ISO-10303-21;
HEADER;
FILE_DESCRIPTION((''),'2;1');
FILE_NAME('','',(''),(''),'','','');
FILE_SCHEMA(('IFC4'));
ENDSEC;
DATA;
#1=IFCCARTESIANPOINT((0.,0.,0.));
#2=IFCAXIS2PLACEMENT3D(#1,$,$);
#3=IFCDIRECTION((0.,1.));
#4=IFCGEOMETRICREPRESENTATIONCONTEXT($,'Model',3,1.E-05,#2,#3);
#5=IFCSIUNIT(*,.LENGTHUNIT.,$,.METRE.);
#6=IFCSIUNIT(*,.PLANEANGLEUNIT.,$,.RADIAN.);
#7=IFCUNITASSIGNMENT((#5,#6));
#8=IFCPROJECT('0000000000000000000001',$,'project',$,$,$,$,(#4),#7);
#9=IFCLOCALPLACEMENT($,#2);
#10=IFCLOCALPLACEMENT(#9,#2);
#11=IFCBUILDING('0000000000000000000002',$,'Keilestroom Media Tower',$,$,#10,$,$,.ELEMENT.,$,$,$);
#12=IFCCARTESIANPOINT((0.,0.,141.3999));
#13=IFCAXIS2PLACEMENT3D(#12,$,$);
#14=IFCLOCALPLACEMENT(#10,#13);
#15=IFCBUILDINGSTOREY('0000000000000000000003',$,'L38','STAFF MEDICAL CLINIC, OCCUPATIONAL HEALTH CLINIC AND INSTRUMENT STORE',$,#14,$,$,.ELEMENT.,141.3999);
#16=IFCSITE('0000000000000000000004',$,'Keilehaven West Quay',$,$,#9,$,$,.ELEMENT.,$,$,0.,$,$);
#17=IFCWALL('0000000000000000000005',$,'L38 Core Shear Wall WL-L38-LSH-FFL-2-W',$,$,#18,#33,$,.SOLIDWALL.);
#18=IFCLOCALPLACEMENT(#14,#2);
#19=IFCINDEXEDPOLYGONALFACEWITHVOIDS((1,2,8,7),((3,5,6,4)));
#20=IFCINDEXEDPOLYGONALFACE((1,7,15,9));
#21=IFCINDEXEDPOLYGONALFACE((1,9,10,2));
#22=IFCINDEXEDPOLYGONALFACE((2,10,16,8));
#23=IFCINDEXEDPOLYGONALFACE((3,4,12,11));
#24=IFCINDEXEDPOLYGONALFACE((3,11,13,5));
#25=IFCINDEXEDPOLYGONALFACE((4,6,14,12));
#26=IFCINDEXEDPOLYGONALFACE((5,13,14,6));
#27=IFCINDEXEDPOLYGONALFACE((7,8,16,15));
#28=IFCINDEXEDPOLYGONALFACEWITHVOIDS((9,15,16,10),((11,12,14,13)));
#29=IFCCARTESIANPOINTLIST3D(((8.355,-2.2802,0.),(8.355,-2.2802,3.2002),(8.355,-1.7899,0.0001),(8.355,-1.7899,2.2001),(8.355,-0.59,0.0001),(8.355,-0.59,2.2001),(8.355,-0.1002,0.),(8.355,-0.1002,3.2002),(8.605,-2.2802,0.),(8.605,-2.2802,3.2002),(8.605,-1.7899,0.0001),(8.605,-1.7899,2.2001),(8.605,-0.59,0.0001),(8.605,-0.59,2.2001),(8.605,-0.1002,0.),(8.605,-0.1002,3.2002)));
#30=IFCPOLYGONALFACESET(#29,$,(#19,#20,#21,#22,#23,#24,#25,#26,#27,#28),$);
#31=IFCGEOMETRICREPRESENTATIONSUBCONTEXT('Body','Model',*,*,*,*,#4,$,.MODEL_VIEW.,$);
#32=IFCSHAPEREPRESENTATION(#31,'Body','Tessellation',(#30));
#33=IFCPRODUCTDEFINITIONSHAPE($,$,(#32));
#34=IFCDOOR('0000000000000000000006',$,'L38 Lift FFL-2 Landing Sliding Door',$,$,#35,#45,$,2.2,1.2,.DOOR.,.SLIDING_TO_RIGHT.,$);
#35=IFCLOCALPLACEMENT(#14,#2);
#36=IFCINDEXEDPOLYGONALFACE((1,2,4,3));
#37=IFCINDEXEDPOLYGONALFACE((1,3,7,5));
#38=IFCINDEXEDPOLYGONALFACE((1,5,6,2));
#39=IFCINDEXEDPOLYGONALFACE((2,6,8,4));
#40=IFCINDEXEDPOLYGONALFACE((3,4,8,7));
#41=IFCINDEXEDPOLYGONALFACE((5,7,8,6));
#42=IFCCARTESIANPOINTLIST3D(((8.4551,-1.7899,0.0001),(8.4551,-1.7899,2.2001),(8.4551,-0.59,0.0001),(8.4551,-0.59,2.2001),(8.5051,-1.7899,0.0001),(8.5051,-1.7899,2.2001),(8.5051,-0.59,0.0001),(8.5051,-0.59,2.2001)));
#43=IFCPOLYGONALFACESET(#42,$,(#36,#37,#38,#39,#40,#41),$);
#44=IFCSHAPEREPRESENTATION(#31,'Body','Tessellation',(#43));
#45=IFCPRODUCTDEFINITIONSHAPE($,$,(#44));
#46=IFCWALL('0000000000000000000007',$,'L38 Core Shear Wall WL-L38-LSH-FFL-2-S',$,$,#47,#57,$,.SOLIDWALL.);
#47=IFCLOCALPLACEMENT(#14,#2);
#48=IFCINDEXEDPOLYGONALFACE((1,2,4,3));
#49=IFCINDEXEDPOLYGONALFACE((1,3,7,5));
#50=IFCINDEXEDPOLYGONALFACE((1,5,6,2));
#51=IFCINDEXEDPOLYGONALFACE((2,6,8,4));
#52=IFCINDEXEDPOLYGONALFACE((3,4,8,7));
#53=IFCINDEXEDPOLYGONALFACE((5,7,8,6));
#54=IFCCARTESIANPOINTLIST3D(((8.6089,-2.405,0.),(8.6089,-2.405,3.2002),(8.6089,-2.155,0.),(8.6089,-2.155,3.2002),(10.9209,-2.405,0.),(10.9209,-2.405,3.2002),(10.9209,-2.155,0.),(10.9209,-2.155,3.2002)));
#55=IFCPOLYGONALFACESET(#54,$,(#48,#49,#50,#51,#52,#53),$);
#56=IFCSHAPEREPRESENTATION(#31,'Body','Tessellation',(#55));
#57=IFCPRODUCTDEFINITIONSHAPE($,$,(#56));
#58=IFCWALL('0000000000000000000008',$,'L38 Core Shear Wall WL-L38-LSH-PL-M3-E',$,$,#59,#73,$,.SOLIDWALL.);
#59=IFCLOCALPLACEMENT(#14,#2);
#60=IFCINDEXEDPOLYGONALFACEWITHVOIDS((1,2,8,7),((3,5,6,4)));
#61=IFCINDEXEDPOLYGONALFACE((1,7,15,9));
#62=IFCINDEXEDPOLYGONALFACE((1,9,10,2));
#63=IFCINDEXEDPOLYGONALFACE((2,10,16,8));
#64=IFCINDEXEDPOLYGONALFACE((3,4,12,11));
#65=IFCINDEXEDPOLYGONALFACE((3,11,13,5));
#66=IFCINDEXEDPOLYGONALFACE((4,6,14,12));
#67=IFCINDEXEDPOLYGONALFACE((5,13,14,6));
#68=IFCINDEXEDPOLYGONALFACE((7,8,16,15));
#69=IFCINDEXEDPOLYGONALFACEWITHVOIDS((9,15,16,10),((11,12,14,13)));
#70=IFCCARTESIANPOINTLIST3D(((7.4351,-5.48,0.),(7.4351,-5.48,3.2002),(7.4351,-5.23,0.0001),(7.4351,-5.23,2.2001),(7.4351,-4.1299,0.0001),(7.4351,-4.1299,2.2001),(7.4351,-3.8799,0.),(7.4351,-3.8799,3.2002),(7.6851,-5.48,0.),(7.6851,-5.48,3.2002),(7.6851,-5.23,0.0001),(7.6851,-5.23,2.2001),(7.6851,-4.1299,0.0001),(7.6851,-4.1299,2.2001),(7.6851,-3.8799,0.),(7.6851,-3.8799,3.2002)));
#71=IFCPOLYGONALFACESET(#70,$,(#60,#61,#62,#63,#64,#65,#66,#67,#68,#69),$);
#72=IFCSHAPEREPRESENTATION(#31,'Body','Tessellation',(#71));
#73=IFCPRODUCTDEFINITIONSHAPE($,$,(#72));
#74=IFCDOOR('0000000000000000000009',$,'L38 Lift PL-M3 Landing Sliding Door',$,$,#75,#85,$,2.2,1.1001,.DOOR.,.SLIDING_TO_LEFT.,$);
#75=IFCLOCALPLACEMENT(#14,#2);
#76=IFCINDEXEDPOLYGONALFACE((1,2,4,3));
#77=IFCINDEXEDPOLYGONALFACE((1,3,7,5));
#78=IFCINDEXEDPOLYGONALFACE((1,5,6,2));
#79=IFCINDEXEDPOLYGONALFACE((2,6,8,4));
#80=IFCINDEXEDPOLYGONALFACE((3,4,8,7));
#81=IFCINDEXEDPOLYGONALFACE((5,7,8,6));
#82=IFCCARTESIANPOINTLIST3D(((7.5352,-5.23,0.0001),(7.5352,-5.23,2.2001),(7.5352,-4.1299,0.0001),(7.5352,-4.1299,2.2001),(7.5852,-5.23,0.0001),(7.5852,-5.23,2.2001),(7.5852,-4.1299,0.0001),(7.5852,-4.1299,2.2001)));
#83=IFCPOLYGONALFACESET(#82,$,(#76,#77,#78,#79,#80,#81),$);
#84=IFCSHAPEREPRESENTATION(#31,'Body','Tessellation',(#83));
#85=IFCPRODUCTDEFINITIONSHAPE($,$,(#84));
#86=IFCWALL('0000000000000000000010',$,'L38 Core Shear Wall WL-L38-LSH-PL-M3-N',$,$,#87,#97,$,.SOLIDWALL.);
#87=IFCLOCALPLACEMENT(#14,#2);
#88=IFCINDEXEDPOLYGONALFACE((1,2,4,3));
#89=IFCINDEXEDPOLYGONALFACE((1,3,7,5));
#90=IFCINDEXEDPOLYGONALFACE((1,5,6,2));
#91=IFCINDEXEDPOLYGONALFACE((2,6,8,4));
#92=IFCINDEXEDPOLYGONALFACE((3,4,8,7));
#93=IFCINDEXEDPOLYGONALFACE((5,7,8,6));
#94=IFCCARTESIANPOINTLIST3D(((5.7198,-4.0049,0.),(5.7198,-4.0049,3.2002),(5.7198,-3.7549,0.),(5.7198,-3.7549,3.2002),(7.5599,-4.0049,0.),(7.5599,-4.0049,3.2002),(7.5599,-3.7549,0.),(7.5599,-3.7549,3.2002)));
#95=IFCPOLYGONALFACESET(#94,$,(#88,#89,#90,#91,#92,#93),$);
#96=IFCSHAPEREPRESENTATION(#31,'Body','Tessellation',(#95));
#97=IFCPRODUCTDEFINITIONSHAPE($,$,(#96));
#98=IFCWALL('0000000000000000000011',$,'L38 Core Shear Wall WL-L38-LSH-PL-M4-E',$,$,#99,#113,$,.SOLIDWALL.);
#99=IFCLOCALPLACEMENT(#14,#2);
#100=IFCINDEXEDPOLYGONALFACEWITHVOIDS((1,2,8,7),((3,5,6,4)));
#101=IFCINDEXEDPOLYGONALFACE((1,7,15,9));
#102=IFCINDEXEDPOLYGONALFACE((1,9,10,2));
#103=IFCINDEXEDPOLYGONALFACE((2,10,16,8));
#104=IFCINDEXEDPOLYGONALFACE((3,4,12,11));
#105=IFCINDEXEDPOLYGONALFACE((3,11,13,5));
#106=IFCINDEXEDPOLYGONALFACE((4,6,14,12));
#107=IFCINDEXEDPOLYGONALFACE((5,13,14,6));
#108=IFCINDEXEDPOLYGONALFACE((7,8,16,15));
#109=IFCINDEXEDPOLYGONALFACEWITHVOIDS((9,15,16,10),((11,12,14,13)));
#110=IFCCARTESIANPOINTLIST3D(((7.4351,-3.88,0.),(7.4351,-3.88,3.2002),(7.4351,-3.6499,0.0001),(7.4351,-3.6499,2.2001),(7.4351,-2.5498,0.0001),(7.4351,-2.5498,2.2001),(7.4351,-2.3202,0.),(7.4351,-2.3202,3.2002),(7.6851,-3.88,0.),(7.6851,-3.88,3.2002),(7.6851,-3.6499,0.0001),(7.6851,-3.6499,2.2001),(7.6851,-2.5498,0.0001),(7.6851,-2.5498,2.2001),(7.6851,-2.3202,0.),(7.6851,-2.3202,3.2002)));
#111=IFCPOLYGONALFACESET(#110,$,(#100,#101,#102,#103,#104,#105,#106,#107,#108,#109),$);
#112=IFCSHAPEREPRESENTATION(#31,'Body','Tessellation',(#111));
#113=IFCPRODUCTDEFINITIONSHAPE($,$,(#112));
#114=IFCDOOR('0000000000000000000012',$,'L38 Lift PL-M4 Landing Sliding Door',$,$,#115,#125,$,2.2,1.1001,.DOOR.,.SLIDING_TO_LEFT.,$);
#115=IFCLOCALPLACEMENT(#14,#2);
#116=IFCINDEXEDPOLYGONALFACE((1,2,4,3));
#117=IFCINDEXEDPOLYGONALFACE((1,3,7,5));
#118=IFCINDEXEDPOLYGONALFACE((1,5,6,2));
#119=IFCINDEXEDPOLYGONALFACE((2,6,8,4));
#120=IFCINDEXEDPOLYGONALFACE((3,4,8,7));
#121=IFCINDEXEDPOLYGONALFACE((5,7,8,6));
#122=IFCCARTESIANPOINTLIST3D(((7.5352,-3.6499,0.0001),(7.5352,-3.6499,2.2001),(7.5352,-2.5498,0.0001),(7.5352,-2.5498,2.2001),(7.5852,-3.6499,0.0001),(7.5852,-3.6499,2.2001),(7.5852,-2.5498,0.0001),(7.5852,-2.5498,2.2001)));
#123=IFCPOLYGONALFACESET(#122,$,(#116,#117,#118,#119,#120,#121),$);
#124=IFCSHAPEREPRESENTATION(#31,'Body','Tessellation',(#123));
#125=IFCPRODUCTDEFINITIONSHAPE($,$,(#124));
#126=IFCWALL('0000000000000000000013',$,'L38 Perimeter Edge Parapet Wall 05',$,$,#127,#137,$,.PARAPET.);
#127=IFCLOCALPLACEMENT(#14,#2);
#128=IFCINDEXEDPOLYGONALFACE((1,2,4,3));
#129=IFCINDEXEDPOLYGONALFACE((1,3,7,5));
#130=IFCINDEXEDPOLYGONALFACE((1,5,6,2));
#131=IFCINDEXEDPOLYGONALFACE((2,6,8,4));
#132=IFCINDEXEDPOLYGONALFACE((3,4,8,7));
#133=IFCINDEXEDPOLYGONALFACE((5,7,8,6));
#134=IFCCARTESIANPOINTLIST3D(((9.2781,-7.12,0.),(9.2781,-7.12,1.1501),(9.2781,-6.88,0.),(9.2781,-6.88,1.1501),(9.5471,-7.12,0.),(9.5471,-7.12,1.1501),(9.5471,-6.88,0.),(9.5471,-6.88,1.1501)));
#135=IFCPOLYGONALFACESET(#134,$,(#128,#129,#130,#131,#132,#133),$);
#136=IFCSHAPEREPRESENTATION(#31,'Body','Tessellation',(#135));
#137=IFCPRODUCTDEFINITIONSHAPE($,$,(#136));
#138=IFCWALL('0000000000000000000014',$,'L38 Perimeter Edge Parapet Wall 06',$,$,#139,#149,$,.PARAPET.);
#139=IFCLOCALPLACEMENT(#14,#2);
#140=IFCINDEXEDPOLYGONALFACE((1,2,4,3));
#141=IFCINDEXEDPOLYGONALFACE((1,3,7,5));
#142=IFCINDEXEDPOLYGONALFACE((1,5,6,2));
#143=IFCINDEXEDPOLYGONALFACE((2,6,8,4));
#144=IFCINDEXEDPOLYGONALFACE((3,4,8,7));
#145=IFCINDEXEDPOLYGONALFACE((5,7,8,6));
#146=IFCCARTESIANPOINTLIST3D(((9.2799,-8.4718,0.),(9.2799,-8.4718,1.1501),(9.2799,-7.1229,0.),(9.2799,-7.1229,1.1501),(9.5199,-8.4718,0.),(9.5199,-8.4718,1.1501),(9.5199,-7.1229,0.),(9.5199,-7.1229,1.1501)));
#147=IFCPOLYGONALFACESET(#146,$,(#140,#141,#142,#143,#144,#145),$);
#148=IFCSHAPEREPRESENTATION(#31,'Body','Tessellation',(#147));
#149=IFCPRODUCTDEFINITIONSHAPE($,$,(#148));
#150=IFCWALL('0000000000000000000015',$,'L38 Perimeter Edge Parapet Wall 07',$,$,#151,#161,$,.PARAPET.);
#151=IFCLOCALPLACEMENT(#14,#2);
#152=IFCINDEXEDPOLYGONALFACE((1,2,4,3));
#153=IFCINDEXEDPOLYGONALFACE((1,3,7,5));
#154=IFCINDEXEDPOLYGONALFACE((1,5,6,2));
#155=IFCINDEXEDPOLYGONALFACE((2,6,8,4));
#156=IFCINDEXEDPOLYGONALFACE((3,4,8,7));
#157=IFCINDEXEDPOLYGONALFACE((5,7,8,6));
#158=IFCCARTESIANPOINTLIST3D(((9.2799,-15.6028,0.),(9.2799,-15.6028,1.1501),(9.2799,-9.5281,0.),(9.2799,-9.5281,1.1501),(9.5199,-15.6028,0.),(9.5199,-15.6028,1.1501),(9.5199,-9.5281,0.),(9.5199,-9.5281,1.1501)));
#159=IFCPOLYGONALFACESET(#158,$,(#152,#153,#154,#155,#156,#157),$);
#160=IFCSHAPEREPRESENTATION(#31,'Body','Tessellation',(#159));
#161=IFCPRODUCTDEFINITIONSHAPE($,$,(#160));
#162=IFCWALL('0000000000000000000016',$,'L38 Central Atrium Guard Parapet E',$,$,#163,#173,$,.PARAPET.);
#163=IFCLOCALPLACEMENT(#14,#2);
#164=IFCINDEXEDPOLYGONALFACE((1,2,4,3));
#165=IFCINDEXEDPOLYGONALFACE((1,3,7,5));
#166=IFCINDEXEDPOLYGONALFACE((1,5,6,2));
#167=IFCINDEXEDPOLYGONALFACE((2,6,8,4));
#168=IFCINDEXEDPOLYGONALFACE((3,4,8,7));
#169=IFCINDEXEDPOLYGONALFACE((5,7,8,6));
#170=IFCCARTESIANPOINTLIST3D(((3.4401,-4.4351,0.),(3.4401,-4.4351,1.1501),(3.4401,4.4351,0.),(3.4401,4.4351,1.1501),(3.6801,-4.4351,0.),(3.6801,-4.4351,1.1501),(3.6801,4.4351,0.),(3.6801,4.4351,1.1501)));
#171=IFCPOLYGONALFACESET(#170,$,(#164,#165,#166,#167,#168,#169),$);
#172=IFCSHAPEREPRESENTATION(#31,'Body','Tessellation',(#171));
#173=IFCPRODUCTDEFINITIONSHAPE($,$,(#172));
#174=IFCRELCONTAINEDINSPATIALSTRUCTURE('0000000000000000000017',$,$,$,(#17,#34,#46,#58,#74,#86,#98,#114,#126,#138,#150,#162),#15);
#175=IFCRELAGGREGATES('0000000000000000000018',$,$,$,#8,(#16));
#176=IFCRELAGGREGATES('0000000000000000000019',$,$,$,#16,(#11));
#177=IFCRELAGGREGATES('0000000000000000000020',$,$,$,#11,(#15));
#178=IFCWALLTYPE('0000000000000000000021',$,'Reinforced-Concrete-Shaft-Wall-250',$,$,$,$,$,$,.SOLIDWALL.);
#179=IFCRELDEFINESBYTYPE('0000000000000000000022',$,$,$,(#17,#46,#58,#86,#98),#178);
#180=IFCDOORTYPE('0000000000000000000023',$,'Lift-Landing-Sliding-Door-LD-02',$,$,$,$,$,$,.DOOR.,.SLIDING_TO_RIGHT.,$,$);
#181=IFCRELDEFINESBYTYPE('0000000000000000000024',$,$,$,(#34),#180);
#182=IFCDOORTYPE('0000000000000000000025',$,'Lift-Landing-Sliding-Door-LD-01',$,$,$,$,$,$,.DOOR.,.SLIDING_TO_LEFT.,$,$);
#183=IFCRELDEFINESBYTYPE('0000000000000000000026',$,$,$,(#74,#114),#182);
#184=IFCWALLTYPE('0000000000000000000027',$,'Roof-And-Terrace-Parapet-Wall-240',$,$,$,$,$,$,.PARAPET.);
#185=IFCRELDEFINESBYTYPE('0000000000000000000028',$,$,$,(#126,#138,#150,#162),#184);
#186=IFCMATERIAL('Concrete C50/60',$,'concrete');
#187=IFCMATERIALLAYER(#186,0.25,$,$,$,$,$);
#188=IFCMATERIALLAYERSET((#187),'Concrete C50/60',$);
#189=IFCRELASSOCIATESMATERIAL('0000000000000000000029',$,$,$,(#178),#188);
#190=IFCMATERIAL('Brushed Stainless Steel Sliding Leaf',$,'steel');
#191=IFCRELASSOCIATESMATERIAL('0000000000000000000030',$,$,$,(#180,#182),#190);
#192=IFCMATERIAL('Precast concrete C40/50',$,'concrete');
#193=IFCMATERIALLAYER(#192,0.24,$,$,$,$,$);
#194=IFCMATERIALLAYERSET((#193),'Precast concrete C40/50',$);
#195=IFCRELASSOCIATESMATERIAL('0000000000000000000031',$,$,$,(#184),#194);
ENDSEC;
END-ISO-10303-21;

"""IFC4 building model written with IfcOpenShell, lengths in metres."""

from ifc_helpers import new_model, si_unit, direction, frame, frame_2d, origin, place, context, subcontext, project, spatial, rectangle, extrude, source, transform, mapped, material, layer, layer_set, type_object, element, fill, save


model = new_model("IFC4")

# Units and contexts
model_context = context("Model", 3, precision=1e-05, world=origin(), true_north=direction((0.0, 1.0)))
body_context = subcontext(model_context, "Body", "Model", "MODEL_VIEW")
ifc_project = project(units=[si_unit("LENGTHUNIT", "METRE"), si_unit("PLANEANGLEUNIT", "RADIAN")], contexts=[model_context])

# Site, building, storey
site_placement = place(None, origin())
site = spatial("IfcSite", under=ifc_project, at=site_placement, Name="Keilehaven West Quay", CompositionType="ELEMENT", RefElevation=0.0)
building_placement = place(site_placement, origin())
building = spatial("IfcBuilding", under=site, at=building_placement, Name="Keilestroom Media Tower", CompositionType="ELEMENT")
storey_placement = place(building_placement, frame((0.0, 0.0, 141.3999)))
storey = spatial("IfcBuildingStorey", under=building, at=storey_placement, Name="L38", Description="STAFF MEDICAL CLINIC, OCCUPATIONAL HEALTH CLINIC AND INSTRUMENT STORE", CompositionType="ELEMENT", Elevation=141.3999)

# Shared definitions
shared_shape_1 = source(origin(), body_context, "Body", "SweptSolid", [
    extrude(rectangle(XDim=1.2, YDim=2.2, at=frame_2d((0.6001, 1.1001))), frame((0.0, 0.0249, 0.0), z_axis=(0.0, -1.0, 0.0), x_axis=(1.0, 0.0, 0.0)), (0.0, 0.0, 1.0), 0.05),
])

# Shared definitions
ifc_material_1 = material(Name="Concrete C50/60", Category="concrete")
ifc_layer_1 = layer(ifc_material_1, 0.25)
ifc_layer_set_1 = layer_set([ifc_layer_1], Name="Concrete C50/60")
wall_type_1 = type_object("IfcWallType", Name="Reinforced-Concrete-Shaft-Wall-250", PredefinedType="SOLIDWALL", material=ifc_layer_set_1)

# Wall, opening, door
wall_1_placement = place(storey_placement, frame((8.48, -2.28, 0.0), z_axis=(0.0, 0.0, 1.0), x_axis=(0.0, 1.0, 0.0)))
wall_1 = element("IfcWall", 1, at=wall_1_placement, inside=storey, type_object=wall_type_1, Name="L38 Core Shear Wall WL-L38-LSH-FFL-2-W", PredefinedType="SOLIDWALL", context=body_context, shape_type="SweptSolid", body=[
    extrude(rectangle(XDim=2.1799, YDim=0.25, at=frame_2d((1.0898, 0.0))), origin(), (0.0, 0.0, 1.0), 3.2002),
])
opening_1_placement = place(wall_1_placement, frame((0.49, 0.0, 0.0)))
opening_1 = element("IfcOpeningElement", 2, at=opening_1_placement, cuts=wall_1, PredefinedType="OPENING", context=body_context, shape_type="SweptSolid", body=[
    extrude(rectangle(XDim=1.2, YDim=2.2, at=frame_2d((0.6001, 1.1001))), frame((0.0, 0.135, 0.0), z_axis=(0.0, -1.0, 0.0), x_axis=(1.0, 0.0, 0.0)), (0.0, 0.0, 1.0), 0.27),
])
ifc_material_2 = material(Name="Brushed Stainless Steel Sliding Leaf", Category="steel")
door_type_1 = type_object("IfcDoorType", Name="Lift-Landing-Sliding-Door-LD-02", OperationType="SLIDING_TO_RIGHT", PredefinedType="DOOR", material=ifc_material_2)
door_1_placement = place(opening_1_placement, origin())
door_1 = element("IfcDoor", 3, at=door_1_placement, inside=storey, type_object=door_type_1, Name="L38 Lift FFL-2 Landing Sliding Door", OperationType="SLIDING_TO_RIGHT", OverallHeight=2.2, OverallWidth=1.2, PredefinedType="DOOR", context=body_context, shape_type="MappedRepresentation", body=[
    mapped(shared_shape_1, transform((0.0, 0.0, 0.0), x_axis=(1.0, 0.0, 0.0), y_axis=(0.0, 1.0, 0.0), z_axis=(0.0, 0.0, 1.0), scale=1.0)),
])
fill(opening_1, door_1)

# Wall
wall_2_placement = place(storey_placement, frame((8.6089, -2.28, 0.0), z_axis=(0.0, 0.0, 1.0), x_axis=(1.0, 0.0, 0.0)))
element("IfcWall", 4, at=wall_2_placement, inside=storey, type_object=wall_type_1, Name="L38 Core Shear Wall WL-L38-LSH-FFL-2-S", PredefinedType="SOLIDWALL", context=body_context, shape_type="SweptSolid", body=[
    extrude(rectangle(XDim=2.312, YDim=0.25, at=frame_2d((1.156, 0.0))), origin(), (0.0, 0.0, 1.0), 3.2002),
])

# Wall, opening, door
wall_3_placement = place(storey_placement, frame((7.5601, -5.48, 0.0), z_axis=(0.0, 0.0, 1.0), x_axis=(0.0, 1.0, 0.0)))
wall_3 = element("IfcWall", 5, at=wall_3_placement, inside=storey, type_object=wall_type_1, Name="L38 Core Shear Wall WL-L38-LSH-PL-M3-E", PredefinedType="SOLIDWALL", context=body_context, shape_type="SweptSolid", body=[
    extrude(rectangle(XDim=1.6001, YDim=0.25, at=frame_2d((0.8, 0.0))), origin(), (0.0, 0.0, 1.0), 3.2002),
])
opening_2_placement = place(wall_3_placement, frame((0.25, 0.0, 0.0)))
opening_2 = element("IfcOpeningElement", 6, at=opening_2_placement, cuts=wall_3, PredefinedType="OPENING", context=body_context, shape_type="SweptSolid", body=[
    extrude(rectangle(XDim=1.1001, YDim=2.2, at=frame_2d((0.55, 1.1001))), frame((0.0, 0.135, 0.0), z_axis=(0.0, -1.0, 0.0), x_axis=(1.0, 0.0, 0.0)), (0.0, 0.0, 1.0), 0.27),
])
door_type_2 = type_object("IfcDoorType", Name="Lift-Landing-Sliding-Door-LD-01", OperationType="SLIDING_TO_LEFT", PredefinedType="DOOR", material=ifc_material_2)
shared_shape_2 = source(origin(), body_context, "Body", "SweptSolid", [
    extrude(rectangle(XDim=1.1001, YDim=2.2, at=frame_2d((0.55, 1.1001))), frame((0.0, 0.0249, 0.0), z_axis=(0.0, -1.0, 0.0), x_axis=(1.0, 0.0, 0.0)), (0.0, 0.0, 1.0), 0.05),
])
door_2_placement = place(opening_2_placement, origin())
door_2 = element("IfcDoor", 7, at=door_2_placement, inside=storey, type_object=door_type_2, Name="L38 Lift PL-M3 Landing Sliding Door", OperationType="SLIDING_TO_LEFT", OverallHeight=2.2, OverallWidth=1.1001, PredefinedType="DOOR", context=body_context, shape_type="MappedRepresentation", body=[
    mapped(shared_shape_2, transform((0.0, 0.0, 0.0), x_axis=(1.0, 0.0, 0.0), y_axis=(0.0, 1.0, 0.0), z_axis=(0.0, 0.0, 1.0), scale=1.0)),
])
fill(opening_2, door_2)

# Wall
wall_4_placement = place(storey_placement, frame((5.72, -3.8799, 0.0), z_axis=(0.0, 0.0, 1.0), x_axis=(1.0, 0.0, 0.0)))
element("IfcWall", 8, at=wall_4_placement, inside=storey, type_object=wall_type_1, Name="L38 Core Shear Wall WL-L38-LSH-PL-M3-N", PredefinedType="SOLIDWALL", context=body_context, shape_type="SweptSolid", body=[
    extrude(rectangle(XDim=1.8401, YDim=0.25, at=frame_2d((0.9199, 0.0))), origin(), (0.0, 0.0, 1.0), 3.2002),
])

# Wall, opening, door
wall_5_placement = place(storey_placement, frame((7.5601, -3.8799, 0.0), z_axis=(0.0, 0.0, 1.0), x_axis=(0.0, 1.0, 0.0)))
wall_5 = element("IfcWall", 9, at=wall_5_placement, inside=storey, type_object=wall_type_1, Name="L38 Core Shear Wall WL-L38-LSH-PL-M4-E", PredefinedType="SOLIDWALL", context=body_context, shape_type="SweptSolid", body=[
    extrude(rectangle(XDim=1.5598, YDim=0.25, at=frame_2d((0.7798, 0.0))), origin(), (0.0, 0.0, 1.0), 3.2002),
])
opening_3_placement = place(wall_5_placement, frame((0.23, 0.0, 0.0)))
opening_3 = element("IfcOpeningElement", 10, at=opening_3_placement, cuts=wall_5, PredefinedType="OPENING", context=body_context, shape_type="SweptSolid", body=[
    extrude(rectangle(XDim=1.1001, YDim=2.2, at=frame_2d((0.55, 1.1001))), frame((0.0, 0.135, 0.0), z_axis=(0.0, -1.0, 0.0), x_axis=(1.0, 0.0, 0.0)), (0.0, 0.0, 1.0), 0.27),
])
door_3_placement = place(opening_3_placement, origin())
door_3 = element("IfcDoor", 11, at=door_3_placement, inside=storey, type_object=door_type_2, Name="L38 Lift PL-M4 Landing Sliding Door", OperationType="SLIDING_TO_LEFT", OverallHeight=2.2, OverallWidth=1.1001, PredefinedType="DOOR", context=body_context, shape_type="MappedRepresentation", body=[
    mapped(shared_shape_2, transform((0.0, 0.0, 0.0), x_axis=(1.0, 0.0, 0.0), y_axis=(0.0, 1.0, 0.0), z_axis=(0.0, 0.0, 1.0), scale=1.0)),
])
fill(opening_3, door_3)

# Walls
ifc_material_3 = material(Name="Precast concrete C40/50", Category="concrete")
ifc_layer_2 = layer(ifc_material_3, 0.24)
ifc_layer_set_2 = layer_set([ifc_layer_2], Name="Precast concrete C40/50")
wall_type_2 = type_object("IfcWallType", Name="Roof-And-Terrace-Parapet-Wall-240", PredefinedType="PARAPET", material=ifc_layer_set_2)
wall_6_placement = place(storey_placement, frame((9.5471, -7.0, 0.0), z_axis=(0.0, 0.0, 1.0), x_axis=(-1.0, 0.0, 0.0)))
element("IfcWall", 12, at=wall_6_placement, inside=storey, type_object=wall_type_2, Name="L38 Perimeter Edge Parapet Wall 05", PredefinedType="PARAPET", context=body_context, shape_type="SweptSolid", body=[
    extrude(rectangle(XDim=0.269, YDim=0.24, at=frame_2d((0.1345, 0.0))), origin(), (0.0, 0.0, 1.0), 1.1501),
])
wall_7_placement = place(storey_placement, frame((9.3999, -7.123, 0.0), z_axis=(0.0, 0.0, 1.0), x_axis=(0.0, -1.0, 0.0)))
element("IfcWall", 13, at=wall_7_placement, inside=storey, type_object=wall_type_2, Name="L38 Perimeter Edge Parapet Wall 06", PredefinedType="PARAPET", context=body_context, shape_type="SweptSolid", body=[
    extrude(rectangle(XDim=1.3489, YDim=0.24, at=frame_2d((0.6743, 0.0))), origin(), (0.0, 0.0, 1.0), 1.1501),
])
wall_8_placement = place(storey_placement, frame((9.3999, -9.5281, 0.0), z_axis=(0.0, 0.0, 1.0), x_axis=(0.0, -1.0, 0.0)))
element("IfcWall", 14, at=wall_8_placement, inside=storey, type_object=wall_type_2, Name="L38 Perimeter Edge Parapet Wall 07", PredefinedType="PARAPET", context=body_context, shape_type="SweptSolid", body=[
    extrude(rectangle(XDim=6.0747, YDim=0.24, at=frame_2d((3.0374, 0.0))), origin(), (0.0, 0.0, 1.0), 1.1501),
])
wall_9_placement = place(storey_placement, frame((3.5601, -4.4351, 0.0), z_axis=(0.0, 0.0, 1.0), x_axis=(0.0, 1.0, 0.0)))
element("IfcWall", 15, at=wall_9_placement, inside=storey, type_object=wall_type_2, Name="L38 Central Atrium Guard Parapet E", PredefinedType="PARAPET", context=body_context, shape_type="SweptSolid", body=[
    extrude(rectangle(XDim=8.8701, YDim=0.24, at=frame_2d((4.4351, 0.0))), origin(), (0.0, 0.0, 1.0), 1.1501),
])

save(model, "model.ifc")
